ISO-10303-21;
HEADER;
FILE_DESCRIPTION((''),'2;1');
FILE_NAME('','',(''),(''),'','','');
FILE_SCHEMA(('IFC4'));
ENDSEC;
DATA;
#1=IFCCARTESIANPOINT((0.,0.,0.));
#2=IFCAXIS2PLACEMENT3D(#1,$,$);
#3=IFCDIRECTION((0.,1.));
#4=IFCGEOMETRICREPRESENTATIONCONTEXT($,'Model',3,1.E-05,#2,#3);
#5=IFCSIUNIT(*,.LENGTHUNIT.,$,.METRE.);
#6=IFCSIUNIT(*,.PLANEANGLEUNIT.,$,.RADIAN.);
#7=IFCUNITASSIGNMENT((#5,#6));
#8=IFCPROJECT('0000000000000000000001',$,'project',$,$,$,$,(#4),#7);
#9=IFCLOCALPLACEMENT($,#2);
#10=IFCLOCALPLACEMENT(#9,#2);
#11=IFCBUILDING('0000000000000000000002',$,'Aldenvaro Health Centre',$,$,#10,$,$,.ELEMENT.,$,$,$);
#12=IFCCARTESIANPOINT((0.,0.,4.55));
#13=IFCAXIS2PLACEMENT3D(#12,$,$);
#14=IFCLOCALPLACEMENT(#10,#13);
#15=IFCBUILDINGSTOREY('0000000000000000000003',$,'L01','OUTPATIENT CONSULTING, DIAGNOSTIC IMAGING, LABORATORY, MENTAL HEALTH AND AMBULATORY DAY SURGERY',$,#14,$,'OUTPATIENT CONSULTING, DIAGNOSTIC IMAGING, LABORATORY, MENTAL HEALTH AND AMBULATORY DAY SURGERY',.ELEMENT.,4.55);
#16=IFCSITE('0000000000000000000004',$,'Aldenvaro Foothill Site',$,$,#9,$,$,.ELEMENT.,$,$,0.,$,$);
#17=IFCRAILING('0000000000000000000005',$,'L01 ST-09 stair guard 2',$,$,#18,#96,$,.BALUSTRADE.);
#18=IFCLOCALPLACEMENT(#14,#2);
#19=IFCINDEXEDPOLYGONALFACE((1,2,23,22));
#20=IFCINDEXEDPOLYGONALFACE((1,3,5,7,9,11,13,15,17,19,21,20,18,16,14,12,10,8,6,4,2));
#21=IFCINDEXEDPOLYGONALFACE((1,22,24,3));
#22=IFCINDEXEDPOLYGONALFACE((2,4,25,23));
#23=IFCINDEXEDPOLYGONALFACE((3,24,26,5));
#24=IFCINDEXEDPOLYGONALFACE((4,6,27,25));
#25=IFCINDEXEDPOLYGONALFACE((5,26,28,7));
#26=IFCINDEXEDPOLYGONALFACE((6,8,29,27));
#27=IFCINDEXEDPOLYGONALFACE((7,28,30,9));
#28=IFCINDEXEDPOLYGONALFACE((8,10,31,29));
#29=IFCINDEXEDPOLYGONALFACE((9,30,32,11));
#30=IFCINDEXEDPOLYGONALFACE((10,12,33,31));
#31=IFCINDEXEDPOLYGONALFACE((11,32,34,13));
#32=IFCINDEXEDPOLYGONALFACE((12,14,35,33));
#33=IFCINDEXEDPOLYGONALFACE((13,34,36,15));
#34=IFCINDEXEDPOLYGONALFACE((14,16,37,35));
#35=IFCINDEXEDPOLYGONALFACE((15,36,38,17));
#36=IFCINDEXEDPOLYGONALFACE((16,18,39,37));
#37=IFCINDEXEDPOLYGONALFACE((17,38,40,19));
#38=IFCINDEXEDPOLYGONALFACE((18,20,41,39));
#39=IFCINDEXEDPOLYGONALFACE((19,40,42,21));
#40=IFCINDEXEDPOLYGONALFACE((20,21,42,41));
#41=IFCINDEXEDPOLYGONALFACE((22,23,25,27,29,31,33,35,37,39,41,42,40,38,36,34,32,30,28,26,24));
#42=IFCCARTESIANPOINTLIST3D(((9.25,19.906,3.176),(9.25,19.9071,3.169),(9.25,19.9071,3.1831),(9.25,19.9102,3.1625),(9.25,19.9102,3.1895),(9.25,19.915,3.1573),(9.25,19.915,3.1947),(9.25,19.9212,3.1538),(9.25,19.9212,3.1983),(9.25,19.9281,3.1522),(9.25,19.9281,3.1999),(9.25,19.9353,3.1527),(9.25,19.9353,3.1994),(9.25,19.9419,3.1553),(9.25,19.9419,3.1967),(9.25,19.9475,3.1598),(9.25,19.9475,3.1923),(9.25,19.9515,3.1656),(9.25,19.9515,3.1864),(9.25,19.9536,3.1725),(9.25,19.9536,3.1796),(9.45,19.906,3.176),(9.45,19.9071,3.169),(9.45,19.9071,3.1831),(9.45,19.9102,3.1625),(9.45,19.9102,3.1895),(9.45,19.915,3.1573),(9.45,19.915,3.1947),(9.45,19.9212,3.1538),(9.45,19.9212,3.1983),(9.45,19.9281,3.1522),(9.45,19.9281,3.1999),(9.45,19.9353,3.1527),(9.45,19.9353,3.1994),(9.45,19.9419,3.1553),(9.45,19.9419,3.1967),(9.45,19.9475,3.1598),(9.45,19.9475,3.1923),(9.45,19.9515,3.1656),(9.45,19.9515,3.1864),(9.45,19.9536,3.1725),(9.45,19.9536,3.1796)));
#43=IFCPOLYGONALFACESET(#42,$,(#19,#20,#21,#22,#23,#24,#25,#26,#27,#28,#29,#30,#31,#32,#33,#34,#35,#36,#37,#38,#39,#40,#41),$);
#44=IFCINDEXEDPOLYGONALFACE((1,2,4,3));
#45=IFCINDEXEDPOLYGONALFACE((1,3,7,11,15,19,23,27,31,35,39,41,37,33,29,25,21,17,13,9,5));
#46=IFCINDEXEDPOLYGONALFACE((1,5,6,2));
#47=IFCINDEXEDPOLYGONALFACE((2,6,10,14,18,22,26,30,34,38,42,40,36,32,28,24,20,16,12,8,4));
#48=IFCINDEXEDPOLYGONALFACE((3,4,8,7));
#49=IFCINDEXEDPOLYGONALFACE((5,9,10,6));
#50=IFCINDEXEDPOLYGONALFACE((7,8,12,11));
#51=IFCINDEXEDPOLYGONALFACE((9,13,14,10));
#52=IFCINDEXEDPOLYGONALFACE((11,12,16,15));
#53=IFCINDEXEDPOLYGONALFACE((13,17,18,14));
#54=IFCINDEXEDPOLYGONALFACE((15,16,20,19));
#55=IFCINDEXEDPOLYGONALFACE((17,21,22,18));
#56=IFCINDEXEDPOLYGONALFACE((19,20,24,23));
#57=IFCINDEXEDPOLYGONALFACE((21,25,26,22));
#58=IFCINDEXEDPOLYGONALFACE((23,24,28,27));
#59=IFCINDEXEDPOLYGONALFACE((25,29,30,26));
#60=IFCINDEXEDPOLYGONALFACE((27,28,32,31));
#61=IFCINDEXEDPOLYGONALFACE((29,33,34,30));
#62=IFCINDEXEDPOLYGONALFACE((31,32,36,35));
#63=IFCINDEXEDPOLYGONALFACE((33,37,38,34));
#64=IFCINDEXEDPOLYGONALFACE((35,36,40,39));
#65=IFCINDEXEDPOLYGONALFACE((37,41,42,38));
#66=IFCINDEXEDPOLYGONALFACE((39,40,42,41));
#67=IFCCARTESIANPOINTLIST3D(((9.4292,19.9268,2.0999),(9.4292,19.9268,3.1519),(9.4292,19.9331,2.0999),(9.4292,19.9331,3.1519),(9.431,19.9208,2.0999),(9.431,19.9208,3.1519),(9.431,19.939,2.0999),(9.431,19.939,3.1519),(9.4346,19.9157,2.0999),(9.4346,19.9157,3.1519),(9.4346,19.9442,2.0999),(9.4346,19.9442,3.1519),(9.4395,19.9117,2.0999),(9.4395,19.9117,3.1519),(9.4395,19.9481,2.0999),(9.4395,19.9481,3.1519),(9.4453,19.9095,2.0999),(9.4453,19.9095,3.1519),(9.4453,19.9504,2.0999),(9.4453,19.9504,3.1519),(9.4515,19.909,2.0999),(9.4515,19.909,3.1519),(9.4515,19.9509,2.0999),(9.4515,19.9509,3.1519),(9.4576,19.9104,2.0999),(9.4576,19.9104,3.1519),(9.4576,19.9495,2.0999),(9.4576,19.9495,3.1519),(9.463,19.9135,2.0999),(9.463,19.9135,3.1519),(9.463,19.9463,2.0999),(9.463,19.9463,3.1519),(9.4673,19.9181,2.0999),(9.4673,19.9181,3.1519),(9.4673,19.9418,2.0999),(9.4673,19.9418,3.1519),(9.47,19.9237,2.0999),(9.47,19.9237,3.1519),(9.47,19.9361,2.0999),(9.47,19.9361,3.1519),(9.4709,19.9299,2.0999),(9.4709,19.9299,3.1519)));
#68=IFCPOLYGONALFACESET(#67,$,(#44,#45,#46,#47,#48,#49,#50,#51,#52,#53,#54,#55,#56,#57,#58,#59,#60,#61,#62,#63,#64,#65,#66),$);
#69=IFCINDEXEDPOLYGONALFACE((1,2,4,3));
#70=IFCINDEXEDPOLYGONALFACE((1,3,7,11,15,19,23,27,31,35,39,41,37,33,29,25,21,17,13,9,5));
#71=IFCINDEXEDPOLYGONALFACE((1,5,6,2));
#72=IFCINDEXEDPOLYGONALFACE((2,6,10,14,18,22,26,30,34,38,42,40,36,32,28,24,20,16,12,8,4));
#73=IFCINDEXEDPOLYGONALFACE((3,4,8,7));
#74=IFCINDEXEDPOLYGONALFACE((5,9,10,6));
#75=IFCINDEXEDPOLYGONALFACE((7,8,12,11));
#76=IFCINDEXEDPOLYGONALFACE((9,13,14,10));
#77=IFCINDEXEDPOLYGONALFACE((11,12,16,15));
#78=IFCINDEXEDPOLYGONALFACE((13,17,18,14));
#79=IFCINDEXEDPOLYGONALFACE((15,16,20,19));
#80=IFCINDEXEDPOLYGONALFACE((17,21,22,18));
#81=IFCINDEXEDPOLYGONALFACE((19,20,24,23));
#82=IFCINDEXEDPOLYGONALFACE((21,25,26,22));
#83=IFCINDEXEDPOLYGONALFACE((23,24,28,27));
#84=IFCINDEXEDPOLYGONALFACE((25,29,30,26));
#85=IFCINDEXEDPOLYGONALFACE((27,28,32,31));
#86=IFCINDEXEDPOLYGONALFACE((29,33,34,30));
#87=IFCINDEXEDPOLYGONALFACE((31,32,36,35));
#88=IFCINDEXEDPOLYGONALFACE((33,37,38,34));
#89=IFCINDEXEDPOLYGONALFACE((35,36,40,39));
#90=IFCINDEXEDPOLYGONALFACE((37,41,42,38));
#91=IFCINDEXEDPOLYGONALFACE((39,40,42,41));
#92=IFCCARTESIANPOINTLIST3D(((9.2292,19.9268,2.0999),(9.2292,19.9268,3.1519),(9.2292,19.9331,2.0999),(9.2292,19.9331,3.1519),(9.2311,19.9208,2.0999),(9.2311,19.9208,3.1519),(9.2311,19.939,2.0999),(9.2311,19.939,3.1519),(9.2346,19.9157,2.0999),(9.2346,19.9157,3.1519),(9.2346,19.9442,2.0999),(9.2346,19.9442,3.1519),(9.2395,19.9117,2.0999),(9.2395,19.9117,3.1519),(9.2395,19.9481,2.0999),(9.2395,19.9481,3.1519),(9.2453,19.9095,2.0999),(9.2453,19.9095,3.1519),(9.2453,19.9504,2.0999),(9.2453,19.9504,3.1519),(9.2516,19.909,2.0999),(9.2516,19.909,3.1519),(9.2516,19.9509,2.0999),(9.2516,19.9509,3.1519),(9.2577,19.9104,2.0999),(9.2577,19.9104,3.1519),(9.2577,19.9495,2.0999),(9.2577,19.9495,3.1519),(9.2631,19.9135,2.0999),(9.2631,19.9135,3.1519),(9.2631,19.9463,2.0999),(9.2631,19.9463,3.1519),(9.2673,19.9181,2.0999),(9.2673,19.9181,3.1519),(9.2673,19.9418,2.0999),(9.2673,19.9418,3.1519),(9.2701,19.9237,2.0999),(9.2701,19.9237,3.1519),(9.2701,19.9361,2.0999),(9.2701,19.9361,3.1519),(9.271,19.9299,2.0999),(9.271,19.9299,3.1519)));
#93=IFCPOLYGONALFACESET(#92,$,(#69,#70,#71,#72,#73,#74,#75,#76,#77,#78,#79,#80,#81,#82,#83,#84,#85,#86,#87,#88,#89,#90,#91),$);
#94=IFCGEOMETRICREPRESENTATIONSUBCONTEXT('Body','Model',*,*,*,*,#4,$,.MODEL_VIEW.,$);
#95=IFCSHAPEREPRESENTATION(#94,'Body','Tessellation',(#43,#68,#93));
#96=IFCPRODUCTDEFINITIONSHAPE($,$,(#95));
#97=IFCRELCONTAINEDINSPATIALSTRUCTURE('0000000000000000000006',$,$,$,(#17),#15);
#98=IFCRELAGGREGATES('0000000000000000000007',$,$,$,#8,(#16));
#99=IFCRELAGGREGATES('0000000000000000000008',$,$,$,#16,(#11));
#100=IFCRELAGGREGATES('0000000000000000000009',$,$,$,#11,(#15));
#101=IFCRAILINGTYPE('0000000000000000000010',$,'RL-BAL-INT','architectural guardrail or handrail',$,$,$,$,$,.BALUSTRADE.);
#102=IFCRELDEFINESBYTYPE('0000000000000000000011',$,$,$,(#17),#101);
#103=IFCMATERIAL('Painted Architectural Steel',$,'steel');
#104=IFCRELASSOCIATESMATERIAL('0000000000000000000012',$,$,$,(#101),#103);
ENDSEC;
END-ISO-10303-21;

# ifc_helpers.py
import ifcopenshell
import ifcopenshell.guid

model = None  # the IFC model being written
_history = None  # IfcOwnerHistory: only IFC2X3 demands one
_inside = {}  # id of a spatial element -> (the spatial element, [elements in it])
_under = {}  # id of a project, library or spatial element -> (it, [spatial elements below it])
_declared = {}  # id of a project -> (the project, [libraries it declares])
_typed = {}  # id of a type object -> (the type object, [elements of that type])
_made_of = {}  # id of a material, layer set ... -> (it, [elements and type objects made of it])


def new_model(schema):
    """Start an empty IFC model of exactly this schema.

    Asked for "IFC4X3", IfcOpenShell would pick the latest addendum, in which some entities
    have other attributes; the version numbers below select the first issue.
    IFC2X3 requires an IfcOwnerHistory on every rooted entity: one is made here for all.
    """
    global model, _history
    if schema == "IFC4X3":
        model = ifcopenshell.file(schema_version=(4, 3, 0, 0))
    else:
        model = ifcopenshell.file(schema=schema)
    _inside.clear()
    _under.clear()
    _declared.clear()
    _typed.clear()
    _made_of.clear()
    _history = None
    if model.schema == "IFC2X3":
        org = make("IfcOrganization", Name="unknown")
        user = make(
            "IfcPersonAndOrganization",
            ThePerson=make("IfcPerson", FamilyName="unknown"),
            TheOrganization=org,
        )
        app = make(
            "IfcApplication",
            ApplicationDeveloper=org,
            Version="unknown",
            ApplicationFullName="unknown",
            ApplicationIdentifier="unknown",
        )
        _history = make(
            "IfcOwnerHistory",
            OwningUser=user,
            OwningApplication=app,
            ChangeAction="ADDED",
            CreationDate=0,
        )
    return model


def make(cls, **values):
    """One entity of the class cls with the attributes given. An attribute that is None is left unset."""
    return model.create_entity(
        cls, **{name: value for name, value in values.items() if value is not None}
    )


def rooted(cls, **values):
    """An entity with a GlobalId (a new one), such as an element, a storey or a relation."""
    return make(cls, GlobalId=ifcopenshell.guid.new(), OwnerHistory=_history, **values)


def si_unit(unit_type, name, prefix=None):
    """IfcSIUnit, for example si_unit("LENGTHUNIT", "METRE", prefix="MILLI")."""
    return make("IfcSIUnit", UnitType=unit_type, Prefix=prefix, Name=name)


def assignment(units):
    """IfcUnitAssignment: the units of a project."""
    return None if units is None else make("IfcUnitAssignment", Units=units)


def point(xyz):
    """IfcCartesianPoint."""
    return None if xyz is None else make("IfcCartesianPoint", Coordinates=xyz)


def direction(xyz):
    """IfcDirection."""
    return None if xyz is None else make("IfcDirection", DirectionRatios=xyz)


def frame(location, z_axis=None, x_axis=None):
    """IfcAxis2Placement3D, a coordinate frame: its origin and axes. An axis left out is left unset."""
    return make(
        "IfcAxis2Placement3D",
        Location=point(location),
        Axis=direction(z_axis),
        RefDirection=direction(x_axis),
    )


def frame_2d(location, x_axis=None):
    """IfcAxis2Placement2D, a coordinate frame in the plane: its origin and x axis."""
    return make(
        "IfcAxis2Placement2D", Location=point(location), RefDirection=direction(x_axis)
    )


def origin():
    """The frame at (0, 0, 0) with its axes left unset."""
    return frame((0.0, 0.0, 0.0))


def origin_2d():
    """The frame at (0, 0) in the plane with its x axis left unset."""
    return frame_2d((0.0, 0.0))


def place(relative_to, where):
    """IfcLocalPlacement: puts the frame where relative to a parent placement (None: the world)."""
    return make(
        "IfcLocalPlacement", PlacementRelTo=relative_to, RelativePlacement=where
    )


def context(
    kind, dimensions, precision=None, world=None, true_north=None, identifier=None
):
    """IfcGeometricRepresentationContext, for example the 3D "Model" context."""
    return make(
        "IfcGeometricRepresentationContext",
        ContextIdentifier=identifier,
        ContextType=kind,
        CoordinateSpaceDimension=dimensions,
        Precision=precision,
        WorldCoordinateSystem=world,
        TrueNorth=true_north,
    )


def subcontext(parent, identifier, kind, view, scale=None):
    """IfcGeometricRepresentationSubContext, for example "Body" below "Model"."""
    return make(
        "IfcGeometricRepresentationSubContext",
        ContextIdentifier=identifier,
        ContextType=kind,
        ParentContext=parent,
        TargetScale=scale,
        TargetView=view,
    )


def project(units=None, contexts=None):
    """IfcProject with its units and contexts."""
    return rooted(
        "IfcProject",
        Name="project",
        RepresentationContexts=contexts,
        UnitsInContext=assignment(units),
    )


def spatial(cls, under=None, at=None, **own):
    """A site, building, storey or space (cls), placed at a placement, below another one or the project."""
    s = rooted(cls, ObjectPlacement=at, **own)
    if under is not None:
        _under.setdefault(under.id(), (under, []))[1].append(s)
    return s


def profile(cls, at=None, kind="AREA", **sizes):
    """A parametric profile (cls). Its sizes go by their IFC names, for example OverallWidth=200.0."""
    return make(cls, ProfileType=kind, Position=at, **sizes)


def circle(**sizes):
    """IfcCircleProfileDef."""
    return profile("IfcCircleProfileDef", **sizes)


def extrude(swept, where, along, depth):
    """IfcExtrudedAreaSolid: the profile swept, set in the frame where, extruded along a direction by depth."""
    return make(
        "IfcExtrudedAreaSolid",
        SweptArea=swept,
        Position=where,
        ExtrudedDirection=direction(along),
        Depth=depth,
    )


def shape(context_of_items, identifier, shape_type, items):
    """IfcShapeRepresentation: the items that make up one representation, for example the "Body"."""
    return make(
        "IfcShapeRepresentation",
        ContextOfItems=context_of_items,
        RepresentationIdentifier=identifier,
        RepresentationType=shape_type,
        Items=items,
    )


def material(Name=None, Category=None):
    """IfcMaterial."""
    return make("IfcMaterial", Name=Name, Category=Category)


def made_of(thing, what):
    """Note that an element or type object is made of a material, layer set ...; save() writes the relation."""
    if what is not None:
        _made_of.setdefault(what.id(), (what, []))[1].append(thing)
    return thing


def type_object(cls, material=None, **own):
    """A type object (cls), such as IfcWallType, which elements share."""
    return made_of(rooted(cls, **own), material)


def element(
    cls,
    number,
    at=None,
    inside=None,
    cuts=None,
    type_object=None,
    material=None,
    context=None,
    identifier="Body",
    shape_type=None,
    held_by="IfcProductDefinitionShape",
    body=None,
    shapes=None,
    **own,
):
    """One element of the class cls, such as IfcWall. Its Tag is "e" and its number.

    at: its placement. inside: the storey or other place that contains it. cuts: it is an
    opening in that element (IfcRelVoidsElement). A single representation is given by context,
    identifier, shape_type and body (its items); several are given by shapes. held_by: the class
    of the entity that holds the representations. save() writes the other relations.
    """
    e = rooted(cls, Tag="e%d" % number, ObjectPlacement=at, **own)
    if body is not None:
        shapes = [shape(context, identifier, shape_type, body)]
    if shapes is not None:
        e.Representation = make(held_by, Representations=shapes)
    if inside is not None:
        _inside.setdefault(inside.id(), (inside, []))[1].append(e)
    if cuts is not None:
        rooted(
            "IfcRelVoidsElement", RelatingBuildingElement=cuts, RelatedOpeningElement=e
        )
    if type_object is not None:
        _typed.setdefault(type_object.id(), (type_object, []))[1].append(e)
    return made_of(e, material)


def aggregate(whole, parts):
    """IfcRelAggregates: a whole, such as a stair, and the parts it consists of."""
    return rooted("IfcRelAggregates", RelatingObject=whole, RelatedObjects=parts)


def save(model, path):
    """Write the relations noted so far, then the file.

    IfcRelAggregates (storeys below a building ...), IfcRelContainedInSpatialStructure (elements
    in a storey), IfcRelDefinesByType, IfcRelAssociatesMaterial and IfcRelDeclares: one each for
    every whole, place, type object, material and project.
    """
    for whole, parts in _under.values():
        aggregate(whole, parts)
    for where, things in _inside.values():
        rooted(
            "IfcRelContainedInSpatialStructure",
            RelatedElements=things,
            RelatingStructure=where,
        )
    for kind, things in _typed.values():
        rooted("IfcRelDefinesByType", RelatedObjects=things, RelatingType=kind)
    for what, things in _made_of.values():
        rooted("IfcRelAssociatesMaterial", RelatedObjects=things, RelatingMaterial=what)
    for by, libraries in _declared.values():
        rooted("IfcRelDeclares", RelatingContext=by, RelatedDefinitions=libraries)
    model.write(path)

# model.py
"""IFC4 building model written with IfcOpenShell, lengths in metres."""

from ifc_helpers import new_model, si_unit, direction, frame, origin, origin_2d, place, context, subcontext, project, spatial, circle, extrude, material, type_object, element, save


model = new_model("IFC4")

# Units and contexts
model_context = context("Model", 3, precision=1e-05, world=origin(), true_north=direction((0.0, 1.0)))
body_context = subcontext(model_context, "Body", "Model", "MODEL_VIEW")
ifc_project = project(units=[si_unit("LENGTHUNIT", "METRE"), si_unit("PLANEANGLEUNIT", "RADIAN")], contexts=[model_context])

# Site, building, storey
site_placement = place(None, origin())
site = spatial("IfcSite", under=ifc_project, at=site_placement, Name="Aldenvaro Foothill Site", CompositionType="ELEMENT", RefElevation=0.0)
building_placement = place(site_placement, origin())
building = spatial("IfcBuilding", under=site, at=building_placement, Name="Aldenvaro Health Centre", CompositionType="ELEMENT")
storey_placement = place(building_placement, frame((0.0, 0.0, 4.55)))
storey = spatial("IfcBuildingStorey", under=building, at=storey_placement, Name="L01", Description="OUTPATIENT CONSULTING, DIAGNOSTIC IMAGING, LABORATORY, MENTAL HEALTH AND AMBULATORY DAY SURGERY", LongName="OUTPATIENT CONSULTING, DIAGNOSTIC IMAGING, LABORATORY, MENTAL HEALTH AND AMBULATORY DAY SURGERY", CompositionType="ELEMENT", Elevation=4.55)

# Railing
ifc_material_1 = material(Name="Painted Architectural Steel", Category="steel")
railing_type = type_object("IfcRailingType", Name="RL-BAL-INT", Description="architectural guardrail or handrail", PredefinedType="BALUSTRADE", material=ifc_material_1)
railing_1_placement = place(storey_placement, frame((9.45, 19.9299, 2.0999)))
element("IfcRailing", 1, at=railing_1_placement, inside=storey, type_object=railing_type, Name="L01 ST-09 stair guard 2", PredefinedType="BALUSTRADE", context=body_context, shape_type="SweptSolid", body=[
    extrude(circle(Radius=0.0239, at=origin_2d()), frame((0.0, 0.0, 1.0762), z_axis=(-1.0, 0.0, 0.0), x_axis=(0.0, -1.0, 0.0)), (0.0, 0.0, 1.0), 0.2),
    extrude(circle(Radius=0.021, at=origin_2d()), origin(), (0.0, 0.0, 1.0), 1.052),
    extrude(circle(Radius=0.021, at=origin_2d()), frame((-0.2, 0.0, 0.0)), (0.0, 0.0, 1.0), 1.052),
])

save(model, "model.ifc")
